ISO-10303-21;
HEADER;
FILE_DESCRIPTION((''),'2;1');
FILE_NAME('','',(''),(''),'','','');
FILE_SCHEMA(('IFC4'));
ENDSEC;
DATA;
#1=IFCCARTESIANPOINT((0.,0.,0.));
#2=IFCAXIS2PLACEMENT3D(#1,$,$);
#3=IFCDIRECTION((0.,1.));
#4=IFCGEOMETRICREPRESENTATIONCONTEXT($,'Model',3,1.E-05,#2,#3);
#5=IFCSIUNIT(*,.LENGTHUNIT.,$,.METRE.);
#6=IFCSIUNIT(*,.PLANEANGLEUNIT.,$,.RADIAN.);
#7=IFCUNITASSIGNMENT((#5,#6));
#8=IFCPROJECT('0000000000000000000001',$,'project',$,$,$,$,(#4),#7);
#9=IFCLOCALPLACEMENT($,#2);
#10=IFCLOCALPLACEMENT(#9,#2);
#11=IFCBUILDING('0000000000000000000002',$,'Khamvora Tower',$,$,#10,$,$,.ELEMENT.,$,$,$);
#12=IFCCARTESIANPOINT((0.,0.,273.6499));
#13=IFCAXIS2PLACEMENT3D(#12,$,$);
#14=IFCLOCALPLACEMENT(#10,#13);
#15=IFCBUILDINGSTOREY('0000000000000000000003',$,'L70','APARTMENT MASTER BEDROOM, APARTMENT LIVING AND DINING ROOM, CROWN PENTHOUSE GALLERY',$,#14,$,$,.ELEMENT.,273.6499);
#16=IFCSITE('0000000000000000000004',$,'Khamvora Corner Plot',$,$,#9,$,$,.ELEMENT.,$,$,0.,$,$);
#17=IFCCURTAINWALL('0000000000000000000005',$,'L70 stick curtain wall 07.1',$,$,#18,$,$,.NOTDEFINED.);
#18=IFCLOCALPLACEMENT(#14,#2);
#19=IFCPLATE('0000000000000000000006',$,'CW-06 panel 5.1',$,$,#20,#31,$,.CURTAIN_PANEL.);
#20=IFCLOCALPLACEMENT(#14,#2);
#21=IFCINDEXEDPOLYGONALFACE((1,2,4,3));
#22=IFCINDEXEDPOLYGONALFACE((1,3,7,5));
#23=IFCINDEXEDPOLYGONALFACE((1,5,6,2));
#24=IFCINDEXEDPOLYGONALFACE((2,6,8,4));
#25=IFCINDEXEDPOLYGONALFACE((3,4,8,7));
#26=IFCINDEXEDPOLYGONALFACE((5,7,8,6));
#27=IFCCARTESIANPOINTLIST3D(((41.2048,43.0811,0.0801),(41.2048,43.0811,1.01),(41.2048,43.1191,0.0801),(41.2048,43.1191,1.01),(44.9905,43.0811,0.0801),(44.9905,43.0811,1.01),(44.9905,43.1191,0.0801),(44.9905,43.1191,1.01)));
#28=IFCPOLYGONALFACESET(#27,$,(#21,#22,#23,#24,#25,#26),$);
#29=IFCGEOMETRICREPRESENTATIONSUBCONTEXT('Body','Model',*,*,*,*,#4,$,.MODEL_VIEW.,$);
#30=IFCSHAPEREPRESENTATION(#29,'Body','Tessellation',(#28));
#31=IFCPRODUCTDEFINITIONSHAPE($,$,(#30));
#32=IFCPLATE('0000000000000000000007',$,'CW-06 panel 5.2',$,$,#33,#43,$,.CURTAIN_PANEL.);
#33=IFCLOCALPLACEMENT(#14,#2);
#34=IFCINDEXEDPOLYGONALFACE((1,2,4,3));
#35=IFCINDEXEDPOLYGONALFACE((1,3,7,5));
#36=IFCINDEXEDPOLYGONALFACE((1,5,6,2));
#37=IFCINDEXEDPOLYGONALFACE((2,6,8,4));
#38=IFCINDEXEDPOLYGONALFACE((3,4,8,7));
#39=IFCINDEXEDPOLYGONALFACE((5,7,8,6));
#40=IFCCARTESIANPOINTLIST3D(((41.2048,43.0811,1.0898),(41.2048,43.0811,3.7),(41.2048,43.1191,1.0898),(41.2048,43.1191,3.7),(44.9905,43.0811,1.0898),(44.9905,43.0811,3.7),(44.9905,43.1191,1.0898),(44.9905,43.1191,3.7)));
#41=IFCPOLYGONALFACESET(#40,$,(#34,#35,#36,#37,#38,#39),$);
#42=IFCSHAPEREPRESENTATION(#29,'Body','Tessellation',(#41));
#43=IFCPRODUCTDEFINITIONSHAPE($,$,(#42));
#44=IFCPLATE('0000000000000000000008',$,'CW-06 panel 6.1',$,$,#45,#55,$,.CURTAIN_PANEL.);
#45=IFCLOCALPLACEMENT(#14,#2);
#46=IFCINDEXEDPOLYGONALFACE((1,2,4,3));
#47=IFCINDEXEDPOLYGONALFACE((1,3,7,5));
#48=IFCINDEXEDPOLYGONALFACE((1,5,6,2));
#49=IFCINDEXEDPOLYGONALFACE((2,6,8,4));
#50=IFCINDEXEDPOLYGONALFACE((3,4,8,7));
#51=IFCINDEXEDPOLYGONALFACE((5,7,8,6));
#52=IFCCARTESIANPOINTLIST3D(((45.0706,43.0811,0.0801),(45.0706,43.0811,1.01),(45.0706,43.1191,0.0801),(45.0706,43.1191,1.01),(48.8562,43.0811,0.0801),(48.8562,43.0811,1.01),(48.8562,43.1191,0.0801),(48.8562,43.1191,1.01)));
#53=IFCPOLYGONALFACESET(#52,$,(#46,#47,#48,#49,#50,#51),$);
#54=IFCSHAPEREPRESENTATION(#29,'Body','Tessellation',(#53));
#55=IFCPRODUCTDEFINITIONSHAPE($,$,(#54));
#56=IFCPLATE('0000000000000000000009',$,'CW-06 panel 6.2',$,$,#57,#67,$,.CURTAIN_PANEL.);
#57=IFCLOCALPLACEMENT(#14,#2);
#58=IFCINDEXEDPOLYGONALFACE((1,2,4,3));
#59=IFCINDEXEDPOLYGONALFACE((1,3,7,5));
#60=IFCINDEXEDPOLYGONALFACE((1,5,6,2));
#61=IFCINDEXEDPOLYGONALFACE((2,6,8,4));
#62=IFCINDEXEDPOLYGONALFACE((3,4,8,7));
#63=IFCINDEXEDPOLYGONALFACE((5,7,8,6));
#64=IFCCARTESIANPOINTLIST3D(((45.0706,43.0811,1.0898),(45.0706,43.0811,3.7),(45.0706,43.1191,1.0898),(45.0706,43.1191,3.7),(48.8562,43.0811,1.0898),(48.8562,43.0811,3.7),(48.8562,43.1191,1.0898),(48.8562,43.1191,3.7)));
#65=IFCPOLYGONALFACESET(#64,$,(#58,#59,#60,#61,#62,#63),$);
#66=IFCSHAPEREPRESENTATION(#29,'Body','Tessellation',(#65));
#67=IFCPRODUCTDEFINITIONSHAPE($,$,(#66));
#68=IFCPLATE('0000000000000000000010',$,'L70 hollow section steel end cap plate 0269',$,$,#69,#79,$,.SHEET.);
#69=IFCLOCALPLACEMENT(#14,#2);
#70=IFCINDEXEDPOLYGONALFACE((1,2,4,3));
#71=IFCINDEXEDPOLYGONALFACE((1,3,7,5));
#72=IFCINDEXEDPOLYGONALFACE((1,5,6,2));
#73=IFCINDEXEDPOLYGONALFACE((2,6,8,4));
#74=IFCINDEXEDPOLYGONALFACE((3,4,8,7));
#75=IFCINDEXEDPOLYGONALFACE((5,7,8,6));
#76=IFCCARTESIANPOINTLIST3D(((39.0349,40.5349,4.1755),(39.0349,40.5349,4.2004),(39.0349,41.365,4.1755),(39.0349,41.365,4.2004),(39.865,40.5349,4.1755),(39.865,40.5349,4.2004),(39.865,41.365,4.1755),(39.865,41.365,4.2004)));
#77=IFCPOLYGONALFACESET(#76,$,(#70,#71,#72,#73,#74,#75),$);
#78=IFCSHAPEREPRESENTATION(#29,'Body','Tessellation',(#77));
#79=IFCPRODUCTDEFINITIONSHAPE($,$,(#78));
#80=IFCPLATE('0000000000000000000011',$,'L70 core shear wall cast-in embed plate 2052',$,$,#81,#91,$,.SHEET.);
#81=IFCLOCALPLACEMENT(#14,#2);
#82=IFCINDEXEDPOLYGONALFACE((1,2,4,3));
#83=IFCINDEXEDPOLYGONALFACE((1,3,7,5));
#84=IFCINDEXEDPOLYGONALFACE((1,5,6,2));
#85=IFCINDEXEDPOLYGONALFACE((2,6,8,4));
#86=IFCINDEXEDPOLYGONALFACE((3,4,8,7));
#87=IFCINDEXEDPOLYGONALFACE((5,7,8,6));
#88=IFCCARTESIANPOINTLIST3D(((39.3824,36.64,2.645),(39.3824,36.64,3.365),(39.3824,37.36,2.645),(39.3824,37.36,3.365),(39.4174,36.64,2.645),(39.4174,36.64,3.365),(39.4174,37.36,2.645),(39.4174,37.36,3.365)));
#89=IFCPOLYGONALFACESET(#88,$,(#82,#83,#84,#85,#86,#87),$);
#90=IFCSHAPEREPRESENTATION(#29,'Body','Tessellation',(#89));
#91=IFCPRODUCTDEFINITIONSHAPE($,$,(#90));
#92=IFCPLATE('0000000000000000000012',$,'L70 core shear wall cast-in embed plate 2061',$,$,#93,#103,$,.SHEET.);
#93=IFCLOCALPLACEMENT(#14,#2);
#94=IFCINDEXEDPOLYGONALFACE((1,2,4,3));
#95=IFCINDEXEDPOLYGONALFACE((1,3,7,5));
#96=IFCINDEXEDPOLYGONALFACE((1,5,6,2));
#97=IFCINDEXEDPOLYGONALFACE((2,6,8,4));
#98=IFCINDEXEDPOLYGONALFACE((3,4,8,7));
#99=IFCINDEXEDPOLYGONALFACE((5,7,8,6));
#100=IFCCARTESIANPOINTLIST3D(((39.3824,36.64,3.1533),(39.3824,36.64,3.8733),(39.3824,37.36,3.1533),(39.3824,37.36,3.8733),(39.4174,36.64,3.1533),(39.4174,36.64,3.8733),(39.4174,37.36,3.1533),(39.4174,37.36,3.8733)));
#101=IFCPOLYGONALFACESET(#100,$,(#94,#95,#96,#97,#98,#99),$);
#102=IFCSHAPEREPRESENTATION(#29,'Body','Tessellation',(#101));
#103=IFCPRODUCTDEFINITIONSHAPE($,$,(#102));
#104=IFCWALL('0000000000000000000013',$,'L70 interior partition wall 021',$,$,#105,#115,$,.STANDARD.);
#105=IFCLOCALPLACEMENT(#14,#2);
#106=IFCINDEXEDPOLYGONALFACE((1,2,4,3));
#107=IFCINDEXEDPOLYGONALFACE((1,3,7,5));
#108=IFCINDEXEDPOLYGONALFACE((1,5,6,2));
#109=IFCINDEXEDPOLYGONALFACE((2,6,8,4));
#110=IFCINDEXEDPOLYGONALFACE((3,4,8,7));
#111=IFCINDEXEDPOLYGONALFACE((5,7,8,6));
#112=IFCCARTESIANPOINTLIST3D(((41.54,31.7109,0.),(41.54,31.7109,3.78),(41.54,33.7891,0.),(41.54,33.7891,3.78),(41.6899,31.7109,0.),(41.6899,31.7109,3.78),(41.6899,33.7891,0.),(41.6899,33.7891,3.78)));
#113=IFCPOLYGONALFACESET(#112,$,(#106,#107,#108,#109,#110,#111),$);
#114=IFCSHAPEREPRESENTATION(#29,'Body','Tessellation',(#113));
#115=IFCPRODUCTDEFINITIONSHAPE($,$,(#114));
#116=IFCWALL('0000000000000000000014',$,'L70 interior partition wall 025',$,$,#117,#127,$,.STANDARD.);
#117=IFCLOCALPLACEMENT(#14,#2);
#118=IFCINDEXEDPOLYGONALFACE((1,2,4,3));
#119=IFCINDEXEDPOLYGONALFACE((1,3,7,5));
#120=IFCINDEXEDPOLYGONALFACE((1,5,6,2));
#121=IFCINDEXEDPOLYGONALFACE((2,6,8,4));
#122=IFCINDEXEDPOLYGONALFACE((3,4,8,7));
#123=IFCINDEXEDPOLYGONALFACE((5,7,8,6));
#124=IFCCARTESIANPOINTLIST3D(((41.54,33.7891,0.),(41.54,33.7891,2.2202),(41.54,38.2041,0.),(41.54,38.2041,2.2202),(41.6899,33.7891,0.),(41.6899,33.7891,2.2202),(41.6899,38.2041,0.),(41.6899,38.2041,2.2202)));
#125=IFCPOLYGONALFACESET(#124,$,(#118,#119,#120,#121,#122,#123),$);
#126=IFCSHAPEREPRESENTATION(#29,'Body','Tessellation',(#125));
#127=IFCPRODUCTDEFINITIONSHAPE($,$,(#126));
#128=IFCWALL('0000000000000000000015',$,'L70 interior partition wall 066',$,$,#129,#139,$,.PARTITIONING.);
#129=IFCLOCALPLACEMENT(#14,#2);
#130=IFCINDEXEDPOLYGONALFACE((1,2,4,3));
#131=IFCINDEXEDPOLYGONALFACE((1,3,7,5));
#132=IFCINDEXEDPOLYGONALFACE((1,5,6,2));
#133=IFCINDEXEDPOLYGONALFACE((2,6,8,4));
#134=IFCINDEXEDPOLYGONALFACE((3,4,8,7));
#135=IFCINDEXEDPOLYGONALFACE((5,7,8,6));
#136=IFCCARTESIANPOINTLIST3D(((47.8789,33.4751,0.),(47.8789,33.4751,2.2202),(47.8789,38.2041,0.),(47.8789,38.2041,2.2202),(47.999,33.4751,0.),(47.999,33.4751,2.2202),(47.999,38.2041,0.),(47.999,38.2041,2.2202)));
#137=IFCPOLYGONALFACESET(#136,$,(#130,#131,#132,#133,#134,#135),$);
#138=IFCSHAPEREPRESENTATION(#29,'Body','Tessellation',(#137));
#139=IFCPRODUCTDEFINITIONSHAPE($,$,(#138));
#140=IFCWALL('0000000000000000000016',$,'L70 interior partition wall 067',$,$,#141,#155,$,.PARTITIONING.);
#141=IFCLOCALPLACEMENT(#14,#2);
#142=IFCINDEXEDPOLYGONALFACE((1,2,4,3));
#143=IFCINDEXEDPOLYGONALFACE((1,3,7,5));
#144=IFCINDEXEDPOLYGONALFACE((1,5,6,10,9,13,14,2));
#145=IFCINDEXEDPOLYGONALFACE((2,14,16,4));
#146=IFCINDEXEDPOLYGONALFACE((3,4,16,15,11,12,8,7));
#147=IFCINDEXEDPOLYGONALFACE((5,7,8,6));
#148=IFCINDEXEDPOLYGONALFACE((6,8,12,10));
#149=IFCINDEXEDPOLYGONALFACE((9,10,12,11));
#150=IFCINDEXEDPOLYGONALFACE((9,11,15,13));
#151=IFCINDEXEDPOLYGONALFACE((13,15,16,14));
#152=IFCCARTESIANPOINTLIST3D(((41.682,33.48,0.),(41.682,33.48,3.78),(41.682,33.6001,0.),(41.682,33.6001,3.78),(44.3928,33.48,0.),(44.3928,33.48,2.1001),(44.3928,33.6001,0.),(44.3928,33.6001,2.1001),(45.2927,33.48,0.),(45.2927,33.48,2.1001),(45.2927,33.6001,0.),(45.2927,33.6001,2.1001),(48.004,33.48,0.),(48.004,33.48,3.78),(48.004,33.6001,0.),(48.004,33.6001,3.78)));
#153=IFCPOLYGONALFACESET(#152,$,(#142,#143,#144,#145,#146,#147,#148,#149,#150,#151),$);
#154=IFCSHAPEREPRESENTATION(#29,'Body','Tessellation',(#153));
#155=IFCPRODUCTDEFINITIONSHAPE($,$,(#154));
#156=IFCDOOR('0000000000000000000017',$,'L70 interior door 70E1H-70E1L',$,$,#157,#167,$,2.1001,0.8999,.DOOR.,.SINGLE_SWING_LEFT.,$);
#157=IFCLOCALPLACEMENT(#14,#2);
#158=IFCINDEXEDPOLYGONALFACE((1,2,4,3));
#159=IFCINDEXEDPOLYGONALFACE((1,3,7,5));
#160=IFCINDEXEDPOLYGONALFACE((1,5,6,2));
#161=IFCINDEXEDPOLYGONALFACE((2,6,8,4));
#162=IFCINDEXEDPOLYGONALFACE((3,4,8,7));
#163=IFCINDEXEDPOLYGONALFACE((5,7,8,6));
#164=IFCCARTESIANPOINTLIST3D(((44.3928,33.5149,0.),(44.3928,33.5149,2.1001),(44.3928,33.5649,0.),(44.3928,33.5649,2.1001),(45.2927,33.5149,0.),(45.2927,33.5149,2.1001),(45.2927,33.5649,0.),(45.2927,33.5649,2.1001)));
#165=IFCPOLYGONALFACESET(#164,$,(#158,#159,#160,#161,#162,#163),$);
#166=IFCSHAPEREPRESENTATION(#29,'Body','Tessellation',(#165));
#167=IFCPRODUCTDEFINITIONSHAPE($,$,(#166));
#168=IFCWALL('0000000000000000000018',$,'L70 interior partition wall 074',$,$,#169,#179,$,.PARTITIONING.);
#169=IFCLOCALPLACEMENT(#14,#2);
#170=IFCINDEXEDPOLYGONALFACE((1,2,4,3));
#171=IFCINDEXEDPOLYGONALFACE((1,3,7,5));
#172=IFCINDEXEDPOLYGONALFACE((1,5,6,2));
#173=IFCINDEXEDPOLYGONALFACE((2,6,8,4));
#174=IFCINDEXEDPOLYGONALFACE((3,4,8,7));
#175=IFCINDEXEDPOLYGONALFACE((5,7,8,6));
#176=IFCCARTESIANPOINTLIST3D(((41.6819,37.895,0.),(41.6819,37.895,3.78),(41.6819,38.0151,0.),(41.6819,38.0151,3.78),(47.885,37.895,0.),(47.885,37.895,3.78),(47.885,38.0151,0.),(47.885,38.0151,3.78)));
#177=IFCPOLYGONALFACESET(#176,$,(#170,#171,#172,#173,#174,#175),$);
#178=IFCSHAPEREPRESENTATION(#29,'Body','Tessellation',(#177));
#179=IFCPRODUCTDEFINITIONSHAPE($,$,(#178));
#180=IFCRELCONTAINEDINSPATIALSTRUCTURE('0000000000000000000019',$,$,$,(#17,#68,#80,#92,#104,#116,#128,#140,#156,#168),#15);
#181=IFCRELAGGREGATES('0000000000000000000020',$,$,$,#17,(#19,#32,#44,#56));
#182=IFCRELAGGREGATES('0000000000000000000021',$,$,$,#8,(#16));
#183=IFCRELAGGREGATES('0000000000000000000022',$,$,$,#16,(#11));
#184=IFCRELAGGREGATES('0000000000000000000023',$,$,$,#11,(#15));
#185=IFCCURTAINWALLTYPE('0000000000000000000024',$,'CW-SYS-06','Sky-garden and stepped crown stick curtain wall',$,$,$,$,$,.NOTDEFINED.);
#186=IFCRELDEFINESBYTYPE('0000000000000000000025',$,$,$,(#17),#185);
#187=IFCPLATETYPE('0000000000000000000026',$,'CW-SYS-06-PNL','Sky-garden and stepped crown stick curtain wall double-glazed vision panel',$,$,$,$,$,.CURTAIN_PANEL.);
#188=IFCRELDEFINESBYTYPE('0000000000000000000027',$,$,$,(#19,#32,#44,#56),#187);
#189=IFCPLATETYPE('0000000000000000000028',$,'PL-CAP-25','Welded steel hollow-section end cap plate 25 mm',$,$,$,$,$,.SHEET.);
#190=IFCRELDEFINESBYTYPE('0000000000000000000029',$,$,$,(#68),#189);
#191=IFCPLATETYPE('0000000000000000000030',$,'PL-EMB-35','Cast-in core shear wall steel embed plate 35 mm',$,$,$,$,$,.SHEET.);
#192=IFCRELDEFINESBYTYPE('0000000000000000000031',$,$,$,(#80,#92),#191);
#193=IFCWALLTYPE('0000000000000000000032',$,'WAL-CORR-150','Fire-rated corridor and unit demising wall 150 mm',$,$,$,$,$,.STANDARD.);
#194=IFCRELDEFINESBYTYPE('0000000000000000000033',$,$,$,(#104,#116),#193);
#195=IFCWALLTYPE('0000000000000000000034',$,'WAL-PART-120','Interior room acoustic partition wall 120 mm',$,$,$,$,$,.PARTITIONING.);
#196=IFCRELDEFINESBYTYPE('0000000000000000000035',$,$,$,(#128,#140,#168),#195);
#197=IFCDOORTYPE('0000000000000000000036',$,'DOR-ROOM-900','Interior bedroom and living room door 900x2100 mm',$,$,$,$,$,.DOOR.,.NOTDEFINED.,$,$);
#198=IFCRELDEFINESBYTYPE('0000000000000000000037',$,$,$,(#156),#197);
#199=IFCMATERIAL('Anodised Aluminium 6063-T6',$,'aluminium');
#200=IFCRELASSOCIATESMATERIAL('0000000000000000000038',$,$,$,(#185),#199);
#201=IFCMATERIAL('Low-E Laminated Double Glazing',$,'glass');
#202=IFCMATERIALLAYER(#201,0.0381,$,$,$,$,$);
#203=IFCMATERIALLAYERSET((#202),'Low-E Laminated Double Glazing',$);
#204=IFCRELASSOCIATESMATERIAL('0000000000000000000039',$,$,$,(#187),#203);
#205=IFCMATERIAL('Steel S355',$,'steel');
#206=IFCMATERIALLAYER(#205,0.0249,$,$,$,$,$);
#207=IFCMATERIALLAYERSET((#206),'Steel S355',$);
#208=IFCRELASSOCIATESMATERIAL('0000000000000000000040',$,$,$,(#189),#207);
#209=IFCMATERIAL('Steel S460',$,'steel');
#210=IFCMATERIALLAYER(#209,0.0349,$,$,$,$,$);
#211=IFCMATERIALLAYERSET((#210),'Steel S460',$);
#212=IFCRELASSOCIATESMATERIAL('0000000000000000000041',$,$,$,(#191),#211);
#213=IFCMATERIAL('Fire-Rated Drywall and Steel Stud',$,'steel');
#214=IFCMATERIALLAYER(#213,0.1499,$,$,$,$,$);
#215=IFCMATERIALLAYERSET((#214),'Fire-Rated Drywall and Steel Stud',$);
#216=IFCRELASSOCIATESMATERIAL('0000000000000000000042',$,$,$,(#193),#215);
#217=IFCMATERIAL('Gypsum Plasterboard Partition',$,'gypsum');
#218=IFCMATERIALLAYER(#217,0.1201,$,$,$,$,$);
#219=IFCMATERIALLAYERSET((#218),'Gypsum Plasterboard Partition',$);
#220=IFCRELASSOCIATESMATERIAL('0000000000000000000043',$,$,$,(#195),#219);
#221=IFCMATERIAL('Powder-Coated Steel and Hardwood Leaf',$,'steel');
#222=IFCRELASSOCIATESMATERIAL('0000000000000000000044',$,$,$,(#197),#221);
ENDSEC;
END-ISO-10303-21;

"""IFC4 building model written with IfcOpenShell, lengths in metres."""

from ifc_helpers import new_model, si_unit, direction, frame, frame_2d, origin, origin_2d, place, context, subcontext, project, spatial, rectangle, extrude, material, layer, layer_set, type_object, element, fill, aggregate, save


model = new_model("IFC4")

# Units and contexts
model_context = context("Model", 3, precision=1e-05, world=origin(), true_north=direction((0.0, 1.0)))
body_context = subcontext(model_context, "Body", "Model", "MODEL_VIEW")
ifc_project = project(units=[si_unit("LENGTHUNIT", "METRE"), si_unit("PLANEANGLEUNIT", "RADIAN")], contexts=[model_context])

# Site, building, storey
site_placement = place(None, origin())
site = spatial("IfcSite", under=ifc_project, at=site_placement, Name="Khamvora Corner Plot", CompositionType="ELEMENT", RefElevation=0.0)
building_placement = place(site_placement, origin())
building = spatial("IfcBuilding", under=site, at=building_placement, Name="Khamvora Tower", CompositionType="ELEMENT")
storey_placement = place(building_placement, frame((0.0, 0.0, 273.6499)))
storey = spatial("IfcBuildingStorey", under=building, at=storey_placement, Name="L70", Description="APARTMENT MASTER BEDROOM, APARTMENT LIVING AND DINING ROOM, CROWN PENTHOUSE GALLERY", CompositionType="ELEMENT", Elevation=273.6499)

# Shared definitions
ifc_material_1 = material(Name="Steel S355", Category="steel")

# Shared definitions
ifc_material_2 = material(Name="Steel S460", Category="steel")

# Curtain wall, plates
ifc_material_3 = material(Name="Anodised Aluminium 6063-T6", Category="aluminium")
curtain_wall_type = type_object("IfcCurtainWallType", Name="CW-SYS-06", Description="Sky-garden and stepped crown stick curtain wall", PredefinedType="NOTDEFINED", material=ifc_material_3)
curtain_wall_placement = place(storey_placement, origin())
curtain_wall = element("IfcCurtainWall", 1, at=curtain_wall_placement, inside=storey, type_object=curtain_wall_type, Name="L70 stick curtain wall 07.1", PredefinedType="NOTDEFINED")
ifc_material_4 = material(Name="Low-E Laminated Double Glazing", Category="glass")
ifc_layer_1 = layer(ifc_material_4, 0.0381)
ifc_layer_set_1 = layer_set([ifc_layer_1], Name="Low-E Laminated Double Glazing")
plate_type_1 = type_object("IfcPlateType", Name="CW-SYS-06-PNL", Description="Sky-garden and stepped crown stick curtain wall double-glazed vision panel", PredefinedType="CURTAIN_PANEL", material=ifc_layer_set_1)
plate_1_placement = place(storey_placement, frame((43.0977, 43.1001, 0.0801), z_axis=(0.0, 0.0, 1.0), x_axis=(1.0, 0.0, 0.0)))
plate_1 = element("IfcPlate", 2, at=plate_1_placement, type_object=plate_type_1, Name="CW-06 panel 5.1", PredefinedType="CURTAIN_PANEL", context=body_context, shape_type="SweptSolid", body=[
    extrude(rectangle(XDim=3.7856, YDim=0.0381, at=origin_2d()), origin(), (0.0, 0.0, 1.0), 0.9299),
])
plate_2_placement = place(storey_placement, frame((43.0977, 43.1001, 1.0898), z_axis=(0.0, 0.0, 1.0), x_axis=(1.0, 0.0, 0.0)))
plate_2 = element("IfcPlate", 3, at=plate_2_placement, type_object=plate_type_1, Name="CW-06 panel 5.2", PredefinedType="CURTAIN_PANEL", context=body_context, shape_type="SweptSolid", body=[
    extrude(rectangle(XDim=3.7856, YDim=0.0381, at=origin_2d()), origin(), (0.0, 0.0, 1.0), 2.6101),
])
plate_3_placement = place(storey_placement, frame((46.9634, 43.1001, 0.0801), z_axis=(0.0, 0.0, 1.0), x_axis=(1.0, 0.0, 0.0)))
plate_3 = element("IfcPlate", 4, at=plate_3_placement, type_object=plate_type_1, Name="CW-06 panel 6.1", PredefinedType="CURTAIN_PANEL", context=body_context, shape_type="SweptSolid", body=[
    extrude(rectangle(XDim=3.7856, YDim=0.0381, at=origin_2d()), origin(), (0.0, 0.0, 1.0), 0.9299),
])
plate_4_placement = place(storey_placement, frame((46.9634, 43.1001, 1.0898), z_axis=(0.0, 0.0, 1.0), x_axis=(1.0, 0.0, 0.0)))
plate_4 = element("IfcPlate", 5, at=plate_4_placement, type_object=plate_type_1, Name="CW-06 panel 6.2", PredefinedType="CURTAIN_PANEL", context=body_context, shape_type="SweptSolid", body=[
    extrude(rectangle(XDim=3.7856, YDim=0.0381, at=origin_2d()), origin(), (0.0, 0.0, 1.0), 2.6101),
])
aggregate(curtain_wall, [plate_1, plate_2, plate_3, plate_4])

# Plates
ifc_layer_2 = layer(ifc_material_1, 0.0249)
ifc_layer_set_2 = layer_set([ifc_layer_2], Name="Steel S355")
plate_type_2 = type_object("IfcPlateType", Name="PL-CAP-25", Description="Welded steel hollow-section end cap plate 25 mm", PredefinedType="SHEET", material=ifc_layer_set_2)
plate_5_placement = place(storey_placement, frame((39.45, 40.95, 4.1755), z_axis=(0.0, 0.0, 1.0), x_axis=(1.0, 0.0, 0.0)))
element("IfcPlate", 6, at=plate_5_placement, inside=storey, type_object=plate_type_2, Name="L70 hollow section steel end cap plate 0269", PredefinedType="SHEET", context=body_context, shape_type="SweptSolid", body=[
    extrude(rectangle(XDim=0.8301, YDim=0.8301, at=origin_2d()), origin(), (0.0, 0.0, 1.0), 0.0249),
])
ifc_layer_3 = layer(ifc_material_2, 0.0349)
ifc_layer_set_3 = layer_set([ifc_layer_3], Name="Steel S460")
plate_type_3 = type_object("IfcPlateType", Name="PL-EMB-35", Description="Cast-in core shear wall steel embed plate 35 mm", PredefinedType="SHEET", material=ifc_layer_set_3)
for number, where, z_axis, x_axis, name in (
    (7, (39.3999, 37.0, 2.645), (0.0, 0.0, 1.0), (1.0, 0.0, 0.0), "L70 core shear wall cast-in embed plate 2052"),
    (8, (39.3999, 37.0, 3.1533), (0.0, 0.0, 1.0), (1.0, 0.0, 0.0), "L70 core shear wall cast-in embed plate 2061"),
):
    element("IfcPlate", number, at=place(storey_placement, frame(where, z_axis=z_axis, x_axis=x_axis)), inside=storey, type_object=plate_type_3, Name=name, PredefinedType="SHEET", context=body_context, shape_type="SweptSolid", body=[
        extrude(rectangle(XDim=0.0349, YDim=0.72, at=origin_2d()), origin(), (0.0, 0.0, 1.0), 0.72),
    ])

# Walls
ifc_material_5 = material(Name="Fire-Rated Drywall and Steel Stud", Category="steel")
ifc_layer_4 = layer(ifc_material_5, 0.1499)
ifc_layer_set_4 = layer_set([ifc_layer_4], Name="Fire-Rated Drywall and Steel Stud")
wall_type_1 = type_object("IfcWallType", Name="WAL-CORR-150", Description="Fire-rated corridor and unit demising wall 150 mm", PredefinedType="STANDARD", material=ifc_layer_set_4)
wall_1_placement = place(storey_placement, frame((41.615, 33.7891, 0.0), z_axis=(0.0, 0.0, 1.0), x_axis=(0.0, -1.0, 0.0)))
element("IfcWall", 9, at=wall_1_placement, inside=storey, type_object=wall_type_1, Name="L70 interior partition wall 021", PredefinedType="STANDARD", context=body_context, shape_type="SweptSolid", body=[
    extrude(rectangle(XDim=2.0781, YDim=0.1499, at=frame_2d((1.0391, 0.0))), origin(), (0.0, 0.0, 1.0), 3.78),
])
wall_2_placement = place(storey_placement, frame((41.615, 38.2041, 0.0), z_axis=(0.0, 0.0, 1.0), x_axis=(0.0, -1.0, 0.0)))
element("IfcWall", 10, at=wall_2_placement, inside=storey, type_object=wall_type_1, Name="L70 interior partition wall 025", PredefinedType="STANDARD", context=body_context, shape_type="SweptSolid", body=[
    extrude(rectangle(XDim=4.415, YDim=0.1499, at=frame_2d((2.2075, 0.0))), origin(), (0.0, 0.0, 1.0), 2.2202),
])
ifc_material_6 = material(Name="Gypsum Plasterboard Partition", Category="gypsum")
ifc_layer_5 = layer(ifc_material_6, 0.1201)
ifc_layer_set_5 = layer_set([ifc_layer_5], Name="Gypsum Plasterboard Partition")
wall_type_2 = type_object("IfcWallType", Name="WAL-PART-120", Description="Interior room acoustic partition wall 120 mm", PredefinedType="PARTITIONING", material=ifc_layer_set_5)
wall_3_placement = place(storey_placement, frame((47.939, 33.4751, 0.0), z_axis=(0.0, 0.0, 1.0), x_axis=(0.0, 1.0, 0.0)))
element("IfcWall", 11, at=wall_3_placement, inside=storey, type_object=wall_type_2, Name="L70 interior partition wall 066", PredefinedType="PARTITIONING", context=body_context, shape_type="SweptSolid", body=[
    extrude(rectangle(XDim=4.729, YDim=0.1201, at=frame_2d((2.3645, 0.0))), origin(), (0.0, 0.0, 1.0), 2.2202),
])

# Wall, opening, door
wall_4_placement = place(storey_placement, frame((41.6819, 33.54, 0.0), z_axis=(0.0, 0.0, 1.0), x_axis=(1.0, 0.0, 0.0)))
wall_4 = element("IfcWall", 12, at=wall_4_placement, inside=storey, type_object=wall_type_2, Name="L70 interior partition wall 067", PredefinedType="PARTITIONING", context=body_context, shape_type="SweptSolid", body=[
    extrude(rectangle(XDim=6.322, YDim=0.1201, at=frame_2d((3.1611, 0.0))), origin(), (0.0, 0.0, 1.0), 3.78),
])
opening_1_placement = place(wall_4_placement, frame((2.7109, 0.0, 0.0)))
opening_1 = element("IfcOpeningElement", 13, at=opening_1_placement, cuts=wall_4, PredefinedType="OPENING", context=body_context, shape_type="SweptSolid", body=[
    extrude(rectangle(XDim=0.8999, YDim=2.1001, at=frame_2d((0.45, 1.05))), frame((0.0, 0.0701, 0.0), z_axis=(0.0, -1.0, 0.0), x_axis=(1.0, 0.0, 0.0)), (0.0, 0.0, 1.0), 0.1401),
])
ifc_material_7 = material(Name="Powder-Coated Steel and Hardwood Leaf", Category="steel")
door_type_1 = type_object("IfcDoorType", Name="DOR-ROOM-900", Description="Interior bedroom and living room door 900x2100 mm", OperationType="NOTDEFINED", PredefinedType="DOOR", material=ifc_material_7)
door_1_placement = place(opening_1_placement, origin())
door_1 = element("IfcDoor", 14, at=door_1_placement, inside=storey, type_object=door_type_1, Name="L70 interior door 70E1H-70E1L", OperationType="SINGLE_SWING_LEFT", OverallHeight=2.1001, OverallWidth=0.8999, PredefinedType="DOOR", context=body_context, shape_type="SweptSolid", body=[
    extrude(rectangle(XDim=0.8999, YDim=2.1001, at=frame_2d((0.45, 1.05))), frame((0.0, 0.0249, 0.0), z_axis=(0.0, -1.0, 0.0), x_axis=(1.0, 0.0, 0.0)), (0.0, 0.0, 1.0), 0.05),
])
fill(opening_1, door_1)

# Wall
wall_5_placement = place(storey_placement, frame((41.6819, 37.9551, 0.0), z_axis=(0.0, 0.0, 1.0), x_axis=(1.0, 0.0, 0.0)))
element("IfcWall", 15, at=wall_5_placement, inside=storey, type_object=wall_type_2, Name="L70 interior partition wall 074", PredefinedType="PARTITIONING", context=body_context, shape_type="SweptSolid", body=[
    extrude(rectangle(XDim=6.2031, YDim=0.1201, at=frame_2d((3.1016, 0.0))), origin(), (0.0, 0.0, 1.0), 3.78),
])

save(model, "model.ifc")
